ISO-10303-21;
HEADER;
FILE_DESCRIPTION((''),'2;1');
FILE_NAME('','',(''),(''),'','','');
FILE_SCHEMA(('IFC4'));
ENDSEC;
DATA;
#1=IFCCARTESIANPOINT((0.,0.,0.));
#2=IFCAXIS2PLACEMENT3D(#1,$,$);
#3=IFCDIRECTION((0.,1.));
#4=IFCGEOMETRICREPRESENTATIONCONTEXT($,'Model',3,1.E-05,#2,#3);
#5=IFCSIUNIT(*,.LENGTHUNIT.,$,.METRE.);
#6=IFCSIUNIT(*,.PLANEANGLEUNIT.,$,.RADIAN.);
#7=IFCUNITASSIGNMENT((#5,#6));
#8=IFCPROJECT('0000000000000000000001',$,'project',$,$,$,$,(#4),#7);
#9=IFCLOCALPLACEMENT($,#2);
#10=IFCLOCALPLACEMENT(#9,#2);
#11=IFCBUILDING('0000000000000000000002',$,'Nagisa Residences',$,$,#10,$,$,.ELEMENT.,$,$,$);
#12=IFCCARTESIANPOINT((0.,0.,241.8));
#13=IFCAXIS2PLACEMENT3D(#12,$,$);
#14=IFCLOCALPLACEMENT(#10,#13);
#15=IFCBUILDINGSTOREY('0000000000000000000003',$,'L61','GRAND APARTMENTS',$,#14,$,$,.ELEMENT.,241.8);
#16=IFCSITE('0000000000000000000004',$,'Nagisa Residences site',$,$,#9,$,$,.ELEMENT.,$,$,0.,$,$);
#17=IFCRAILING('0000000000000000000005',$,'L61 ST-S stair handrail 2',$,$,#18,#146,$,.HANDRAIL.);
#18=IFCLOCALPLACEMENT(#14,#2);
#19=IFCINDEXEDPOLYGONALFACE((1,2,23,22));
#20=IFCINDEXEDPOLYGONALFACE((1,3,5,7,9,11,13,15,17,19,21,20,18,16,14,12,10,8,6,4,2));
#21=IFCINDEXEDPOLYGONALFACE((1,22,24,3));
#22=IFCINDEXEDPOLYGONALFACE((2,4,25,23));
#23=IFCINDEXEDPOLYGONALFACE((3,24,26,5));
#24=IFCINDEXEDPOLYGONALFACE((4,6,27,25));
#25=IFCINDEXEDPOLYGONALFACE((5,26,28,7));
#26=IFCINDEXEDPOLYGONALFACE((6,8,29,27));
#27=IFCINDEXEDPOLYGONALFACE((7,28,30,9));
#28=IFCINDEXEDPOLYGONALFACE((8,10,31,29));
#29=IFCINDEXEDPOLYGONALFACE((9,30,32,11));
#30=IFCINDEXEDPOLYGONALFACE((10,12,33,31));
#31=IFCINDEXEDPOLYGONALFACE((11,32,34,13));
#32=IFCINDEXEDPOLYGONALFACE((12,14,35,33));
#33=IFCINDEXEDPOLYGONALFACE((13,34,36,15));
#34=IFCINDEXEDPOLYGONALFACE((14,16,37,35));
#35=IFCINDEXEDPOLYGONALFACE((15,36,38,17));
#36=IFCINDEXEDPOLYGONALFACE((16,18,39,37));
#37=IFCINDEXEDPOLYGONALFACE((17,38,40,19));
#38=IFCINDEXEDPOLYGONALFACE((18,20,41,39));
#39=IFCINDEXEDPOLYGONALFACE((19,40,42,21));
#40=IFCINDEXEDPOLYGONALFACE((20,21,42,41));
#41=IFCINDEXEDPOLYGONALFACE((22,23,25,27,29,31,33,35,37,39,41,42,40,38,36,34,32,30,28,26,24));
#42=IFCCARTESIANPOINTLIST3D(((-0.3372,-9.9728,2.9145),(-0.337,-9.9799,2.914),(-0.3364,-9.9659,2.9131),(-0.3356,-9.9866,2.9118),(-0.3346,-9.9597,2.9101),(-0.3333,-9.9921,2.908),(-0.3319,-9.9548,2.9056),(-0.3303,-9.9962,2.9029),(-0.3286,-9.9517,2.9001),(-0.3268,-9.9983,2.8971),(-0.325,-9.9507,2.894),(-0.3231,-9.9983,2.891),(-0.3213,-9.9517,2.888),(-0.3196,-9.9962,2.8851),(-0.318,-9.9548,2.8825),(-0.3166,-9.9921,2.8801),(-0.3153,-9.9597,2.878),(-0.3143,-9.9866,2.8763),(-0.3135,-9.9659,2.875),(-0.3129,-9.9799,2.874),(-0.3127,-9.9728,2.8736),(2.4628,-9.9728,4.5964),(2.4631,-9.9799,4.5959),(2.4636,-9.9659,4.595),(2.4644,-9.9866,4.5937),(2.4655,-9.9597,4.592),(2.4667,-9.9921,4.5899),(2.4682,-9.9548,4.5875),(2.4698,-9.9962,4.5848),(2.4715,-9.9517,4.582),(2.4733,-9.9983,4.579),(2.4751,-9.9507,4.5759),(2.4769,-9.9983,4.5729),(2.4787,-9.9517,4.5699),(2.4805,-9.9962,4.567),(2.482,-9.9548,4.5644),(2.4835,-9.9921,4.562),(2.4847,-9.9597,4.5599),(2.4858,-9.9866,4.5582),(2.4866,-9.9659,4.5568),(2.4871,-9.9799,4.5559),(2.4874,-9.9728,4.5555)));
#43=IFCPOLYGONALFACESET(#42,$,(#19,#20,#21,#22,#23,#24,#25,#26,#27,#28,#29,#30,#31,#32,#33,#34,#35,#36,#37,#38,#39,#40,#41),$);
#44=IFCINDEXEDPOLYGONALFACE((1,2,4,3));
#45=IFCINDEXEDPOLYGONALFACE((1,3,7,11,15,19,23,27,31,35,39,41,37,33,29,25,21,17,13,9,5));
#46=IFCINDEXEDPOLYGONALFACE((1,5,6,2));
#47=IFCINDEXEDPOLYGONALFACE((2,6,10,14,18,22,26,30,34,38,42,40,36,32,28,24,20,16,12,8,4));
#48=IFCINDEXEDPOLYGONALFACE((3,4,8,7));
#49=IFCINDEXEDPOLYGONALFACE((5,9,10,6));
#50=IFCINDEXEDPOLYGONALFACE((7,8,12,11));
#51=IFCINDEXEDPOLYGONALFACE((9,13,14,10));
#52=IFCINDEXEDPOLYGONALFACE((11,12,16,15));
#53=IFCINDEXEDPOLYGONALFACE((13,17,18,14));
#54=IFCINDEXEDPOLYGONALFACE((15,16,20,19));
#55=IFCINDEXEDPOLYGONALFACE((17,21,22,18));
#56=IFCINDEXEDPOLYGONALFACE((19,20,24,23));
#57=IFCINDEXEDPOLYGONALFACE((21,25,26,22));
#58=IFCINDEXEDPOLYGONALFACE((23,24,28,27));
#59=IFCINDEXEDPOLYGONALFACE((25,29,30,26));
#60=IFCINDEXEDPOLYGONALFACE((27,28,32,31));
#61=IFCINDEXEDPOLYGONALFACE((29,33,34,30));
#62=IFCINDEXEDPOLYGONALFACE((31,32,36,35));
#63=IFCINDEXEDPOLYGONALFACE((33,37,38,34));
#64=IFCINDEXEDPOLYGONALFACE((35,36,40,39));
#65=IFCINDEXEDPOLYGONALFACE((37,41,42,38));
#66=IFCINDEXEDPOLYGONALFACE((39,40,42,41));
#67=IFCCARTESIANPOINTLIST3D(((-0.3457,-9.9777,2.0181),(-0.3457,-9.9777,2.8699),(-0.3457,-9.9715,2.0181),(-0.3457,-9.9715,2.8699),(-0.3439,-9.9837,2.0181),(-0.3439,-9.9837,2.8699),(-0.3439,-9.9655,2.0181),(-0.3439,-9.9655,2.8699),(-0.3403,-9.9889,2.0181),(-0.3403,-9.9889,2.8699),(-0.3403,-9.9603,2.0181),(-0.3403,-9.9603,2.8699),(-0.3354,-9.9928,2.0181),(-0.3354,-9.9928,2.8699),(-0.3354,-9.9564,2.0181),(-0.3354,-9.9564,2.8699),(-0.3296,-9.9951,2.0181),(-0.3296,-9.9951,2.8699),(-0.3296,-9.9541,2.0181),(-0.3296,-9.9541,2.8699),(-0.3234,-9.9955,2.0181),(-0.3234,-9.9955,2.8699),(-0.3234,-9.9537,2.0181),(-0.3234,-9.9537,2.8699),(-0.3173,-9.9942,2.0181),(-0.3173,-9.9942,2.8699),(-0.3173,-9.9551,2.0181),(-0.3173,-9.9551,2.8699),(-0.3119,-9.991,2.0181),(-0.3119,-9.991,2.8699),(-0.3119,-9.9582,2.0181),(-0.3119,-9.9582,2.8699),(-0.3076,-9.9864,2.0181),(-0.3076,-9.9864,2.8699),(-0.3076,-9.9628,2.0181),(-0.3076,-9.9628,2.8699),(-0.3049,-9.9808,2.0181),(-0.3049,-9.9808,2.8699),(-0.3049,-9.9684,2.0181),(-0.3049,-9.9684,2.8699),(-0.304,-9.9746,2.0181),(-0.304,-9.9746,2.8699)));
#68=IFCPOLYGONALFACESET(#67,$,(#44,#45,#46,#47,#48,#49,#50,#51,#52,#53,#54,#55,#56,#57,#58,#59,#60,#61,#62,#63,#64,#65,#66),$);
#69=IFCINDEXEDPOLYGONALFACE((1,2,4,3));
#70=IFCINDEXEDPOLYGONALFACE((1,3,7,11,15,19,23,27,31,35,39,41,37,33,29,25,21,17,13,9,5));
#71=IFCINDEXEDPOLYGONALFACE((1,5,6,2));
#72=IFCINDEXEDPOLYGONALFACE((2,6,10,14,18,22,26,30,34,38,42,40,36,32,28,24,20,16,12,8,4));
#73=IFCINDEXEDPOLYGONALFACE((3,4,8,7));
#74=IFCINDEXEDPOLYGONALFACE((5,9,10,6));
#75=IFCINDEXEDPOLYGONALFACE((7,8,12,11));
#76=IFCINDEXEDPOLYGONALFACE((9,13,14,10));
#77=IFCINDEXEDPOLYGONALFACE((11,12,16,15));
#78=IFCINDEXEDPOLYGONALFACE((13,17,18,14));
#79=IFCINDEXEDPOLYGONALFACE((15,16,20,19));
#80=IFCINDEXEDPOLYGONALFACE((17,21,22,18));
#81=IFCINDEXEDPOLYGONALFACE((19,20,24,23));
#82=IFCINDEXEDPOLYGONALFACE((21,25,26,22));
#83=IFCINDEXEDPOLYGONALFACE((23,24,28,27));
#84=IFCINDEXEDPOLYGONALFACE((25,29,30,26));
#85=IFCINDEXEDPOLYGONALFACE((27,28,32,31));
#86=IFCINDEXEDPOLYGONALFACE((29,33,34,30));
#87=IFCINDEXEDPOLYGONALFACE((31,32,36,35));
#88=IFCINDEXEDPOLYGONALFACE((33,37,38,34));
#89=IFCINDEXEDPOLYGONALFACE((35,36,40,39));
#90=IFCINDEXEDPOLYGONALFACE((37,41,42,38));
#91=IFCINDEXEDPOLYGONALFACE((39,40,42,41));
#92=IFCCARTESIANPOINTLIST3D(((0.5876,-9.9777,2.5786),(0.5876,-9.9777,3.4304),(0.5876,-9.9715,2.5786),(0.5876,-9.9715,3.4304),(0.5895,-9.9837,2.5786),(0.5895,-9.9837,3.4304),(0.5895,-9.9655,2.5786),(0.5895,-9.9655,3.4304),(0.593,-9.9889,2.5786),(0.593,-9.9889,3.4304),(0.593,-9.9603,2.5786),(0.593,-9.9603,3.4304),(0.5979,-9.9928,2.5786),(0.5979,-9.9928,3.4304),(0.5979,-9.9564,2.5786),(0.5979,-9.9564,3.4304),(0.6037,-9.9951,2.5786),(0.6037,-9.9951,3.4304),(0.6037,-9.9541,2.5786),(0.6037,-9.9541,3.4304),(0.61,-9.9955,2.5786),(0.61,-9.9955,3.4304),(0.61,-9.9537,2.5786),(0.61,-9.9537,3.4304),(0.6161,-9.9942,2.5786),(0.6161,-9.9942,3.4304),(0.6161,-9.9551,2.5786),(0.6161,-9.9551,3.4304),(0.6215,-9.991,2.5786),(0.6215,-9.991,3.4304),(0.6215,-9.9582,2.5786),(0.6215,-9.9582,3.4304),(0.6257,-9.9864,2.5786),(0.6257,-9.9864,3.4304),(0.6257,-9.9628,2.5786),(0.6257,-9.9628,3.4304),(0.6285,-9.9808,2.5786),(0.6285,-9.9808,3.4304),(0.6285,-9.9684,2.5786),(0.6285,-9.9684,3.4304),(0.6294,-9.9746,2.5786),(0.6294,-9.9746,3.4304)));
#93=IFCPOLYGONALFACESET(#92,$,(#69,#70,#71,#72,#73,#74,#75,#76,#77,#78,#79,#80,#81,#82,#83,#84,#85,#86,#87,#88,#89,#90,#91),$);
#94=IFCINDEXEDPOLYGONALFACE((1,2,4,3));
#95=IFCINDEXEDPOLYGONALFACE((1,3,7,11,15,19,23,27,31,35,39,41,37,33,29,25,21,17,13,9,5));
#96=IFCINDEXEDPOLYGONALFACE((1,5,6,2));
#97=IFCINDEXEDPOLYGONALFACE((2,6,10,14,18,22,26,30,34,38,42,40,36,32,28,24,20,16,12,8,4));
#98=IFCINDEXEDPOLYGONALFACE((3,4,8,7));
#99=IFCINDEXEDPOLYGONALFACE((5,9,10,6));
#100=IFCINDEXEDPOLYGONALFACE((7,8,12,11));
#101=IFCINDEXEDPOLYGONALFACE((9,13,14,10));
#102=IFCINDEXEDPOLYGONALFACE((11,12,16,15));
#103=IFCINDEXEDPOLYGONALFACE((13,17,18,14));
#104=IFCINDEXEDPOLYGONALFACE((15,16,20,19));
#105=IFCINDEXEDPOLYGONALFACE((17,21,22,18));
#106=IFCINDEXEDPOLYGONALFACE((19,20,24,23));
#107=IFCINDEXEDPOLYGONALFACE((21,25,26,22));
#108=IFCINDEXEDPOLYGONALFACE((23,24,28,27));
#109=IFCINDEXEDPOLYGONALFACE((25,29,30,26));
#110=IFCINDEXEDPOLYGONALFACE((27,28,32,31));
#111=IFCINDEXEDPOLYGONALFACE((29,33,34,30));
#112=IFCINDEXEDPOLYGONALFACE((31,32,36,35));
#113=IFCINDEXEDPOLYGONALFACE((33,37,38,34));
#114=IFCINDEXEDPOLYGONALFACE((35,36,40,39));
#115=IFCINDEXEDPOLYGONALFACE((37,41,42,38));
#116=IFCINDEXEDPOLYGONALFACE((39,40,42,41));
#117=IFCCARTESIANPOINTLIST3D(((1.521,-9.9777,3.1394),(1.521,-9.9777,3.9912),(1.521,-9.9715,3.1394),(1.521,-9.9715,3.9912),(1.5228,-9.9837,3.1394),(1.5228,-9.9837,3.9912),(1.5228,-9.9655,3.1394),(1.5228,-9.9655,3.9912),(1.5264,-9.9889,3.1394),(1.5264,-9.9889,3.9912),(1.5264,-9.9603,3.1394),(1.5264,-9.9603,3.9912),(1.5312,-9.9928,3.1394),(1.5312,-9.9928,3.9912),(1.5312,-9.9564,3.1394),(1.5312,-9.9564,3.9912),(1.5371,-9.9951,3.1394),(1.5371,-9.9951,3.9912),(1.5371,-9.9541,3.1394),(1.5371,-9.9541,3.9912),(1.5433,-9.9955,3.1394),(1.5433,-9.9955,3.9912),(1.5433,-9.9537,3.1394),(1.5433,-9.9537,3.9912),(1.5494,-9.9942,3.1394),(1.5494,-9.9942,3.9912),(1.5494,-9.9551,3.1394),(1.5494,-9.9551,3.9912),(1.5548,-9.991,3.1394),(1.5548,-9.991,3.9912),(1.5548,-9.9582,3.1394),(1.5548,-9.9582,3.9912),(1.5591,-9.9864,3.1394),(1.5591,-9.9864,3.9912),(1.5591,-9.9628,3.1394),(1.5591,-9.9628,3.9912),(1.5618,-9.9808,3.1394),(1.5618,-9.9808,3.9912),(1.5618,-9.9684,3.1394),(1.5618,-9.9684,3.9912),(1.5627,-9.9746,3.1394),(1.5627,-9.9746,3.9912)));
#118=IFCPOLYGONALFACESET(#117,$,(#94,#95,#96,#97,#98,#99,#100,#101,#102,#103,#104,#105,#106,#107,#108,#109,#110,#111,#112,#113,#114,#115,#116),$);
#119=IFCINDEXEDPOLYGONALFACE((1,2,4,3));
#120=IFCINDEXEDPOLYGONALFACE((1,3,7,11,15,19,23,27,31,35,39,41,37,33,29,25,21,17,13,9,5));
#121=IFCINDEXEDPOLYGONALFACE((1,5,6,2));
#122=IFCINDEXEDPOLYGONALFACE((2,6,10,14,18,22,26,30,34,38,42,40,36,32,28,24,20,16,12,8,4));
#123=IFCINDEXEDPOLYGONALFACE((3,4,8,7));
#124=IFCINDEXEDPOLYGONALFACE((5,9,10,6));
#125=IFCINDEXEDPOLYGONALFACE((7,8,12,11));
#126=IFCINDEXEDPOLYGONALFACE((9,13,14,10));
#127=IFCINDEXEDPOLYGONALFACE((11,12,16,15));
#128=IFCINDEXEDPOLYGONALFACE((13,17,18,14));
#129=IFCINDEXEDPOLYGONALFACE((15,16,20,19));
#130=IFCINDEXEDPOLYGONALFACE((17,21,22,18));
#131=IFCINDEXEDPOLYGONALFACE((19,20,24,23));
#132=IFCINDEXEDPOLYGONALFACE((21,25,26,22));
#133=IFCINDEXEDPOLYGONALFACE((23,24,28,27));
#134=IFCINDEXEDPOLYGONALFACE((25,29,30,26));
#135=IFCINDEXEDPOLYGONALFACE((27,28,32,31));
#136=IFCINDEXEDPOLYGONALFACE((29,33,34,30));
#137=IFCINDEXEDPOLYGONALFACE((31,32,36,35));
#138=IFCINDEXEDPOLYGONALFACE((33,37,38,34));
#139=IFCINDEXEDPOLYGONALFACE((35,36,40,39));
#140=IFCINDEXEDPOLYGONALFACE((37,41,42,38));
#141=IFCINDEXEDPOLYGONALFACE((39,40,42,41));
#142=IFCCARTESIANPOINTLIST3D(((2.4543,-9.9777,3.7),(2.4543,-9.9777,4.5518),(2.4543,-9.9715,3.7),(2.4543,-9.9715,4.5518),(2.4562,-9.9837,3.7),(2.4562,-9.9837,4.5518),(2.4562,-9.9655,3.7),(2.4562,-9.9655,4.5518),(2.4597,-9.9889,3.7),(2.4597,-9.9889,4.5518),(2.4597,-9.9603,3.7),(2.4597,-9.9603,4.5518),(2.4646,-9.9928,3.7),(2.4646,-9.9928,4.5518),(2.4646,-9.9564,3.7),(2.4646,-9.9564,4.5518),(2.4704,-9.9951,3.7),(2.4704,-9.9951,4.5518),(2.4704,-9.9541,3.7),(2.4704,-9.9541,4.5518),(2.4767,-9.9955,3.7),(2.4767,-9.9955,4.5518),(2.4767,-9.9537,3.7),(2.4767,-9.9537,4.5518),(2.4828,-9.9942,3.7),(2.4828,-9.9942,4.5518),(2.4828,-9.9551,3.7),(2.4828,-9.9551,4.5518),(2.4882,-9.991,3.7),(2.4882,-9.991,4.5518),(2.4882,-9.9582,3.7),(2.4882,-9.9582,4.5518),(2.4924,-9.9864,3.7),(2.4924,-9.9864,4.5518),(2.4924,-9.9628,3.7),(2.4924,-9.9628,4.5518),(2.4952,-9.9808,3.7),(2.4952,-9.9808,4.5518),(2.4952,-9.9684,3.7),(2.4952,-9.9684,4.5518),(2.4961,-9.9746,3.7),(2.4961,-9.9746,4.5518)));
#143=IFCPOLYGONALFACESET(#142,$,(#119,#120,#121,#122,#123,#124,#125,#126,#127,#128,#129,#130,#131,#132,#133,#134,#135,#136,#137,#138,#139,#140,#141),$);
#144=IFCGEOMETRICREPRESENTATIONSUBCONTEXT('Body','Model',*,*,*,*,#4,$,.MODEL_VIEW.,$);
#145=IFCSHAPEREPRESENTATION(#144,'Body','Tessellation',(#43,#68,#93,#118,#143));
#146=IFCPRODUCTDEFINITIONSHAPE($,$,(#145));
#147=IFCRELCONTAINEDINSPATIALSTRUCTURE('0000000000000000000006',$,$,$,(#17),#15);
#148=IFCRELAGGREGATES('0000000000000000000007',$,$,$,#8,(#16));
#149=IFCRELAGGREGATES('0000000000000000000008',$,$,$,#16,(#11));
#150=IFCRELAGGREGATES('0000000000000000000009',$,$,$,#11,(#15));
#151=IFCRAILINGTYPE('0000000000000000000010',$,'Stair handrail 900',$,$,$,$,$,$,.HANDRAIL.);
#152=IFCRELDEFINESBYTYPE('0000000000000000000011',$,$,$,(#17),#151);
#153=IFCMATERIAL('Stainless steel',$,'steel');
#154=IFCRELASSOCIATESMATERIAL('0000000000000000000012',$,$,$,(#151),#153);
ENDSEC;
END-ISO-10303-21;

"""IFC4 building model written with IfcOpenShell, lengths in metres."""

from ifc_helpers import new_model, si_unit, direction, frame, origin, origin_2d, place, context, subcontext, project, spatial, circle, extrude, material, type_object, element, save


model = new_model("IFC4")

# Units and contexts
model_context = context("Model", 3, precision=1e-05, world=origin(), true_north=direction((0.0, 1.0)))
body_context = subcontext(model_context, "Body", "Model", "MODEL_VIEW")
ifc_project = project(units=[si_unit("LENGTHUNIT", "METRE"), si_unit("PLANEANGLEUNIT", "RADIAN")], contexts=[model_context])

# Site, building, storey
site_placement = place(None, origin())
site = spatial("IfcSite", under=ifc_project, at=site_placement, Name="Nagisa Residences site", CompositionType="ELEMENT", RefElevation=0.0)
building_placement = place(site_placement, origin())
building = spatial("IfcBuilding", under=site, at=building_placement, Name="Nagisa Residences", CompositionType="ELEMENT")
storey_placement = place(building_placement, frame((0.0, 0.0, 241.8)))
storey = spatial("IfcBuildingStorey", under=building, at=storey_placement, Name="L61", Description="GRAND APARTMENTS", CompositionType="ELEMENT", Elevation=241.8)

# Railing
ifc_material_1 = material(Name="Stainless steel", Category="steel")
railing_type = type_object("IfcRailingType", Name="Stair handrail 900", PredefinedType="HANDRAIL", material=ifc_material_1)
railing_placement = place(storey_placement, frame((-0.325, -9.9746, 2.0181)))
element("IfcRailing", 1, at=railing_placement, inside=storey, type_object=railing_type, Name="L61 ST-S stair handrail 2", PredefinedType="HANDRAIL", context=body_context, shape_type="SweptSolid", body=[
    extrude(circle(Radius=0.0239, at=origin_2d()), frame((0.0, 0.0, 0.876), z_axis=(0.857242, 0.0, 0.514913), x_axis=(0.0, 1.0, 0.0)), (0.0, 0.0, 1.0), 3.2664),
    extrude(circle(Radius=0.021, at=origin_2d()), origin(), (0.0, 0.0, 1.0), 0.8518),
    extrude(circle(Radius=0.021, at=origin_2d()), frame((0.9333, 0.0, 0.5605)), (0.0, 0.0, 1.0), 0.8518),
    extrude(circle(Radius=0.021, at=origin_2d()), frame((1.8667, 0.0, 1.1213)), (0.0, 0.0, 1.0), 0.8518),
    extrude(circle(Radius=0.021, at=origin_2d()), frame((2.8, 0.0, 1.6819)), (0.0, 0.0, 1.0), 0.8518),
])

save(model, "model.ifc")
